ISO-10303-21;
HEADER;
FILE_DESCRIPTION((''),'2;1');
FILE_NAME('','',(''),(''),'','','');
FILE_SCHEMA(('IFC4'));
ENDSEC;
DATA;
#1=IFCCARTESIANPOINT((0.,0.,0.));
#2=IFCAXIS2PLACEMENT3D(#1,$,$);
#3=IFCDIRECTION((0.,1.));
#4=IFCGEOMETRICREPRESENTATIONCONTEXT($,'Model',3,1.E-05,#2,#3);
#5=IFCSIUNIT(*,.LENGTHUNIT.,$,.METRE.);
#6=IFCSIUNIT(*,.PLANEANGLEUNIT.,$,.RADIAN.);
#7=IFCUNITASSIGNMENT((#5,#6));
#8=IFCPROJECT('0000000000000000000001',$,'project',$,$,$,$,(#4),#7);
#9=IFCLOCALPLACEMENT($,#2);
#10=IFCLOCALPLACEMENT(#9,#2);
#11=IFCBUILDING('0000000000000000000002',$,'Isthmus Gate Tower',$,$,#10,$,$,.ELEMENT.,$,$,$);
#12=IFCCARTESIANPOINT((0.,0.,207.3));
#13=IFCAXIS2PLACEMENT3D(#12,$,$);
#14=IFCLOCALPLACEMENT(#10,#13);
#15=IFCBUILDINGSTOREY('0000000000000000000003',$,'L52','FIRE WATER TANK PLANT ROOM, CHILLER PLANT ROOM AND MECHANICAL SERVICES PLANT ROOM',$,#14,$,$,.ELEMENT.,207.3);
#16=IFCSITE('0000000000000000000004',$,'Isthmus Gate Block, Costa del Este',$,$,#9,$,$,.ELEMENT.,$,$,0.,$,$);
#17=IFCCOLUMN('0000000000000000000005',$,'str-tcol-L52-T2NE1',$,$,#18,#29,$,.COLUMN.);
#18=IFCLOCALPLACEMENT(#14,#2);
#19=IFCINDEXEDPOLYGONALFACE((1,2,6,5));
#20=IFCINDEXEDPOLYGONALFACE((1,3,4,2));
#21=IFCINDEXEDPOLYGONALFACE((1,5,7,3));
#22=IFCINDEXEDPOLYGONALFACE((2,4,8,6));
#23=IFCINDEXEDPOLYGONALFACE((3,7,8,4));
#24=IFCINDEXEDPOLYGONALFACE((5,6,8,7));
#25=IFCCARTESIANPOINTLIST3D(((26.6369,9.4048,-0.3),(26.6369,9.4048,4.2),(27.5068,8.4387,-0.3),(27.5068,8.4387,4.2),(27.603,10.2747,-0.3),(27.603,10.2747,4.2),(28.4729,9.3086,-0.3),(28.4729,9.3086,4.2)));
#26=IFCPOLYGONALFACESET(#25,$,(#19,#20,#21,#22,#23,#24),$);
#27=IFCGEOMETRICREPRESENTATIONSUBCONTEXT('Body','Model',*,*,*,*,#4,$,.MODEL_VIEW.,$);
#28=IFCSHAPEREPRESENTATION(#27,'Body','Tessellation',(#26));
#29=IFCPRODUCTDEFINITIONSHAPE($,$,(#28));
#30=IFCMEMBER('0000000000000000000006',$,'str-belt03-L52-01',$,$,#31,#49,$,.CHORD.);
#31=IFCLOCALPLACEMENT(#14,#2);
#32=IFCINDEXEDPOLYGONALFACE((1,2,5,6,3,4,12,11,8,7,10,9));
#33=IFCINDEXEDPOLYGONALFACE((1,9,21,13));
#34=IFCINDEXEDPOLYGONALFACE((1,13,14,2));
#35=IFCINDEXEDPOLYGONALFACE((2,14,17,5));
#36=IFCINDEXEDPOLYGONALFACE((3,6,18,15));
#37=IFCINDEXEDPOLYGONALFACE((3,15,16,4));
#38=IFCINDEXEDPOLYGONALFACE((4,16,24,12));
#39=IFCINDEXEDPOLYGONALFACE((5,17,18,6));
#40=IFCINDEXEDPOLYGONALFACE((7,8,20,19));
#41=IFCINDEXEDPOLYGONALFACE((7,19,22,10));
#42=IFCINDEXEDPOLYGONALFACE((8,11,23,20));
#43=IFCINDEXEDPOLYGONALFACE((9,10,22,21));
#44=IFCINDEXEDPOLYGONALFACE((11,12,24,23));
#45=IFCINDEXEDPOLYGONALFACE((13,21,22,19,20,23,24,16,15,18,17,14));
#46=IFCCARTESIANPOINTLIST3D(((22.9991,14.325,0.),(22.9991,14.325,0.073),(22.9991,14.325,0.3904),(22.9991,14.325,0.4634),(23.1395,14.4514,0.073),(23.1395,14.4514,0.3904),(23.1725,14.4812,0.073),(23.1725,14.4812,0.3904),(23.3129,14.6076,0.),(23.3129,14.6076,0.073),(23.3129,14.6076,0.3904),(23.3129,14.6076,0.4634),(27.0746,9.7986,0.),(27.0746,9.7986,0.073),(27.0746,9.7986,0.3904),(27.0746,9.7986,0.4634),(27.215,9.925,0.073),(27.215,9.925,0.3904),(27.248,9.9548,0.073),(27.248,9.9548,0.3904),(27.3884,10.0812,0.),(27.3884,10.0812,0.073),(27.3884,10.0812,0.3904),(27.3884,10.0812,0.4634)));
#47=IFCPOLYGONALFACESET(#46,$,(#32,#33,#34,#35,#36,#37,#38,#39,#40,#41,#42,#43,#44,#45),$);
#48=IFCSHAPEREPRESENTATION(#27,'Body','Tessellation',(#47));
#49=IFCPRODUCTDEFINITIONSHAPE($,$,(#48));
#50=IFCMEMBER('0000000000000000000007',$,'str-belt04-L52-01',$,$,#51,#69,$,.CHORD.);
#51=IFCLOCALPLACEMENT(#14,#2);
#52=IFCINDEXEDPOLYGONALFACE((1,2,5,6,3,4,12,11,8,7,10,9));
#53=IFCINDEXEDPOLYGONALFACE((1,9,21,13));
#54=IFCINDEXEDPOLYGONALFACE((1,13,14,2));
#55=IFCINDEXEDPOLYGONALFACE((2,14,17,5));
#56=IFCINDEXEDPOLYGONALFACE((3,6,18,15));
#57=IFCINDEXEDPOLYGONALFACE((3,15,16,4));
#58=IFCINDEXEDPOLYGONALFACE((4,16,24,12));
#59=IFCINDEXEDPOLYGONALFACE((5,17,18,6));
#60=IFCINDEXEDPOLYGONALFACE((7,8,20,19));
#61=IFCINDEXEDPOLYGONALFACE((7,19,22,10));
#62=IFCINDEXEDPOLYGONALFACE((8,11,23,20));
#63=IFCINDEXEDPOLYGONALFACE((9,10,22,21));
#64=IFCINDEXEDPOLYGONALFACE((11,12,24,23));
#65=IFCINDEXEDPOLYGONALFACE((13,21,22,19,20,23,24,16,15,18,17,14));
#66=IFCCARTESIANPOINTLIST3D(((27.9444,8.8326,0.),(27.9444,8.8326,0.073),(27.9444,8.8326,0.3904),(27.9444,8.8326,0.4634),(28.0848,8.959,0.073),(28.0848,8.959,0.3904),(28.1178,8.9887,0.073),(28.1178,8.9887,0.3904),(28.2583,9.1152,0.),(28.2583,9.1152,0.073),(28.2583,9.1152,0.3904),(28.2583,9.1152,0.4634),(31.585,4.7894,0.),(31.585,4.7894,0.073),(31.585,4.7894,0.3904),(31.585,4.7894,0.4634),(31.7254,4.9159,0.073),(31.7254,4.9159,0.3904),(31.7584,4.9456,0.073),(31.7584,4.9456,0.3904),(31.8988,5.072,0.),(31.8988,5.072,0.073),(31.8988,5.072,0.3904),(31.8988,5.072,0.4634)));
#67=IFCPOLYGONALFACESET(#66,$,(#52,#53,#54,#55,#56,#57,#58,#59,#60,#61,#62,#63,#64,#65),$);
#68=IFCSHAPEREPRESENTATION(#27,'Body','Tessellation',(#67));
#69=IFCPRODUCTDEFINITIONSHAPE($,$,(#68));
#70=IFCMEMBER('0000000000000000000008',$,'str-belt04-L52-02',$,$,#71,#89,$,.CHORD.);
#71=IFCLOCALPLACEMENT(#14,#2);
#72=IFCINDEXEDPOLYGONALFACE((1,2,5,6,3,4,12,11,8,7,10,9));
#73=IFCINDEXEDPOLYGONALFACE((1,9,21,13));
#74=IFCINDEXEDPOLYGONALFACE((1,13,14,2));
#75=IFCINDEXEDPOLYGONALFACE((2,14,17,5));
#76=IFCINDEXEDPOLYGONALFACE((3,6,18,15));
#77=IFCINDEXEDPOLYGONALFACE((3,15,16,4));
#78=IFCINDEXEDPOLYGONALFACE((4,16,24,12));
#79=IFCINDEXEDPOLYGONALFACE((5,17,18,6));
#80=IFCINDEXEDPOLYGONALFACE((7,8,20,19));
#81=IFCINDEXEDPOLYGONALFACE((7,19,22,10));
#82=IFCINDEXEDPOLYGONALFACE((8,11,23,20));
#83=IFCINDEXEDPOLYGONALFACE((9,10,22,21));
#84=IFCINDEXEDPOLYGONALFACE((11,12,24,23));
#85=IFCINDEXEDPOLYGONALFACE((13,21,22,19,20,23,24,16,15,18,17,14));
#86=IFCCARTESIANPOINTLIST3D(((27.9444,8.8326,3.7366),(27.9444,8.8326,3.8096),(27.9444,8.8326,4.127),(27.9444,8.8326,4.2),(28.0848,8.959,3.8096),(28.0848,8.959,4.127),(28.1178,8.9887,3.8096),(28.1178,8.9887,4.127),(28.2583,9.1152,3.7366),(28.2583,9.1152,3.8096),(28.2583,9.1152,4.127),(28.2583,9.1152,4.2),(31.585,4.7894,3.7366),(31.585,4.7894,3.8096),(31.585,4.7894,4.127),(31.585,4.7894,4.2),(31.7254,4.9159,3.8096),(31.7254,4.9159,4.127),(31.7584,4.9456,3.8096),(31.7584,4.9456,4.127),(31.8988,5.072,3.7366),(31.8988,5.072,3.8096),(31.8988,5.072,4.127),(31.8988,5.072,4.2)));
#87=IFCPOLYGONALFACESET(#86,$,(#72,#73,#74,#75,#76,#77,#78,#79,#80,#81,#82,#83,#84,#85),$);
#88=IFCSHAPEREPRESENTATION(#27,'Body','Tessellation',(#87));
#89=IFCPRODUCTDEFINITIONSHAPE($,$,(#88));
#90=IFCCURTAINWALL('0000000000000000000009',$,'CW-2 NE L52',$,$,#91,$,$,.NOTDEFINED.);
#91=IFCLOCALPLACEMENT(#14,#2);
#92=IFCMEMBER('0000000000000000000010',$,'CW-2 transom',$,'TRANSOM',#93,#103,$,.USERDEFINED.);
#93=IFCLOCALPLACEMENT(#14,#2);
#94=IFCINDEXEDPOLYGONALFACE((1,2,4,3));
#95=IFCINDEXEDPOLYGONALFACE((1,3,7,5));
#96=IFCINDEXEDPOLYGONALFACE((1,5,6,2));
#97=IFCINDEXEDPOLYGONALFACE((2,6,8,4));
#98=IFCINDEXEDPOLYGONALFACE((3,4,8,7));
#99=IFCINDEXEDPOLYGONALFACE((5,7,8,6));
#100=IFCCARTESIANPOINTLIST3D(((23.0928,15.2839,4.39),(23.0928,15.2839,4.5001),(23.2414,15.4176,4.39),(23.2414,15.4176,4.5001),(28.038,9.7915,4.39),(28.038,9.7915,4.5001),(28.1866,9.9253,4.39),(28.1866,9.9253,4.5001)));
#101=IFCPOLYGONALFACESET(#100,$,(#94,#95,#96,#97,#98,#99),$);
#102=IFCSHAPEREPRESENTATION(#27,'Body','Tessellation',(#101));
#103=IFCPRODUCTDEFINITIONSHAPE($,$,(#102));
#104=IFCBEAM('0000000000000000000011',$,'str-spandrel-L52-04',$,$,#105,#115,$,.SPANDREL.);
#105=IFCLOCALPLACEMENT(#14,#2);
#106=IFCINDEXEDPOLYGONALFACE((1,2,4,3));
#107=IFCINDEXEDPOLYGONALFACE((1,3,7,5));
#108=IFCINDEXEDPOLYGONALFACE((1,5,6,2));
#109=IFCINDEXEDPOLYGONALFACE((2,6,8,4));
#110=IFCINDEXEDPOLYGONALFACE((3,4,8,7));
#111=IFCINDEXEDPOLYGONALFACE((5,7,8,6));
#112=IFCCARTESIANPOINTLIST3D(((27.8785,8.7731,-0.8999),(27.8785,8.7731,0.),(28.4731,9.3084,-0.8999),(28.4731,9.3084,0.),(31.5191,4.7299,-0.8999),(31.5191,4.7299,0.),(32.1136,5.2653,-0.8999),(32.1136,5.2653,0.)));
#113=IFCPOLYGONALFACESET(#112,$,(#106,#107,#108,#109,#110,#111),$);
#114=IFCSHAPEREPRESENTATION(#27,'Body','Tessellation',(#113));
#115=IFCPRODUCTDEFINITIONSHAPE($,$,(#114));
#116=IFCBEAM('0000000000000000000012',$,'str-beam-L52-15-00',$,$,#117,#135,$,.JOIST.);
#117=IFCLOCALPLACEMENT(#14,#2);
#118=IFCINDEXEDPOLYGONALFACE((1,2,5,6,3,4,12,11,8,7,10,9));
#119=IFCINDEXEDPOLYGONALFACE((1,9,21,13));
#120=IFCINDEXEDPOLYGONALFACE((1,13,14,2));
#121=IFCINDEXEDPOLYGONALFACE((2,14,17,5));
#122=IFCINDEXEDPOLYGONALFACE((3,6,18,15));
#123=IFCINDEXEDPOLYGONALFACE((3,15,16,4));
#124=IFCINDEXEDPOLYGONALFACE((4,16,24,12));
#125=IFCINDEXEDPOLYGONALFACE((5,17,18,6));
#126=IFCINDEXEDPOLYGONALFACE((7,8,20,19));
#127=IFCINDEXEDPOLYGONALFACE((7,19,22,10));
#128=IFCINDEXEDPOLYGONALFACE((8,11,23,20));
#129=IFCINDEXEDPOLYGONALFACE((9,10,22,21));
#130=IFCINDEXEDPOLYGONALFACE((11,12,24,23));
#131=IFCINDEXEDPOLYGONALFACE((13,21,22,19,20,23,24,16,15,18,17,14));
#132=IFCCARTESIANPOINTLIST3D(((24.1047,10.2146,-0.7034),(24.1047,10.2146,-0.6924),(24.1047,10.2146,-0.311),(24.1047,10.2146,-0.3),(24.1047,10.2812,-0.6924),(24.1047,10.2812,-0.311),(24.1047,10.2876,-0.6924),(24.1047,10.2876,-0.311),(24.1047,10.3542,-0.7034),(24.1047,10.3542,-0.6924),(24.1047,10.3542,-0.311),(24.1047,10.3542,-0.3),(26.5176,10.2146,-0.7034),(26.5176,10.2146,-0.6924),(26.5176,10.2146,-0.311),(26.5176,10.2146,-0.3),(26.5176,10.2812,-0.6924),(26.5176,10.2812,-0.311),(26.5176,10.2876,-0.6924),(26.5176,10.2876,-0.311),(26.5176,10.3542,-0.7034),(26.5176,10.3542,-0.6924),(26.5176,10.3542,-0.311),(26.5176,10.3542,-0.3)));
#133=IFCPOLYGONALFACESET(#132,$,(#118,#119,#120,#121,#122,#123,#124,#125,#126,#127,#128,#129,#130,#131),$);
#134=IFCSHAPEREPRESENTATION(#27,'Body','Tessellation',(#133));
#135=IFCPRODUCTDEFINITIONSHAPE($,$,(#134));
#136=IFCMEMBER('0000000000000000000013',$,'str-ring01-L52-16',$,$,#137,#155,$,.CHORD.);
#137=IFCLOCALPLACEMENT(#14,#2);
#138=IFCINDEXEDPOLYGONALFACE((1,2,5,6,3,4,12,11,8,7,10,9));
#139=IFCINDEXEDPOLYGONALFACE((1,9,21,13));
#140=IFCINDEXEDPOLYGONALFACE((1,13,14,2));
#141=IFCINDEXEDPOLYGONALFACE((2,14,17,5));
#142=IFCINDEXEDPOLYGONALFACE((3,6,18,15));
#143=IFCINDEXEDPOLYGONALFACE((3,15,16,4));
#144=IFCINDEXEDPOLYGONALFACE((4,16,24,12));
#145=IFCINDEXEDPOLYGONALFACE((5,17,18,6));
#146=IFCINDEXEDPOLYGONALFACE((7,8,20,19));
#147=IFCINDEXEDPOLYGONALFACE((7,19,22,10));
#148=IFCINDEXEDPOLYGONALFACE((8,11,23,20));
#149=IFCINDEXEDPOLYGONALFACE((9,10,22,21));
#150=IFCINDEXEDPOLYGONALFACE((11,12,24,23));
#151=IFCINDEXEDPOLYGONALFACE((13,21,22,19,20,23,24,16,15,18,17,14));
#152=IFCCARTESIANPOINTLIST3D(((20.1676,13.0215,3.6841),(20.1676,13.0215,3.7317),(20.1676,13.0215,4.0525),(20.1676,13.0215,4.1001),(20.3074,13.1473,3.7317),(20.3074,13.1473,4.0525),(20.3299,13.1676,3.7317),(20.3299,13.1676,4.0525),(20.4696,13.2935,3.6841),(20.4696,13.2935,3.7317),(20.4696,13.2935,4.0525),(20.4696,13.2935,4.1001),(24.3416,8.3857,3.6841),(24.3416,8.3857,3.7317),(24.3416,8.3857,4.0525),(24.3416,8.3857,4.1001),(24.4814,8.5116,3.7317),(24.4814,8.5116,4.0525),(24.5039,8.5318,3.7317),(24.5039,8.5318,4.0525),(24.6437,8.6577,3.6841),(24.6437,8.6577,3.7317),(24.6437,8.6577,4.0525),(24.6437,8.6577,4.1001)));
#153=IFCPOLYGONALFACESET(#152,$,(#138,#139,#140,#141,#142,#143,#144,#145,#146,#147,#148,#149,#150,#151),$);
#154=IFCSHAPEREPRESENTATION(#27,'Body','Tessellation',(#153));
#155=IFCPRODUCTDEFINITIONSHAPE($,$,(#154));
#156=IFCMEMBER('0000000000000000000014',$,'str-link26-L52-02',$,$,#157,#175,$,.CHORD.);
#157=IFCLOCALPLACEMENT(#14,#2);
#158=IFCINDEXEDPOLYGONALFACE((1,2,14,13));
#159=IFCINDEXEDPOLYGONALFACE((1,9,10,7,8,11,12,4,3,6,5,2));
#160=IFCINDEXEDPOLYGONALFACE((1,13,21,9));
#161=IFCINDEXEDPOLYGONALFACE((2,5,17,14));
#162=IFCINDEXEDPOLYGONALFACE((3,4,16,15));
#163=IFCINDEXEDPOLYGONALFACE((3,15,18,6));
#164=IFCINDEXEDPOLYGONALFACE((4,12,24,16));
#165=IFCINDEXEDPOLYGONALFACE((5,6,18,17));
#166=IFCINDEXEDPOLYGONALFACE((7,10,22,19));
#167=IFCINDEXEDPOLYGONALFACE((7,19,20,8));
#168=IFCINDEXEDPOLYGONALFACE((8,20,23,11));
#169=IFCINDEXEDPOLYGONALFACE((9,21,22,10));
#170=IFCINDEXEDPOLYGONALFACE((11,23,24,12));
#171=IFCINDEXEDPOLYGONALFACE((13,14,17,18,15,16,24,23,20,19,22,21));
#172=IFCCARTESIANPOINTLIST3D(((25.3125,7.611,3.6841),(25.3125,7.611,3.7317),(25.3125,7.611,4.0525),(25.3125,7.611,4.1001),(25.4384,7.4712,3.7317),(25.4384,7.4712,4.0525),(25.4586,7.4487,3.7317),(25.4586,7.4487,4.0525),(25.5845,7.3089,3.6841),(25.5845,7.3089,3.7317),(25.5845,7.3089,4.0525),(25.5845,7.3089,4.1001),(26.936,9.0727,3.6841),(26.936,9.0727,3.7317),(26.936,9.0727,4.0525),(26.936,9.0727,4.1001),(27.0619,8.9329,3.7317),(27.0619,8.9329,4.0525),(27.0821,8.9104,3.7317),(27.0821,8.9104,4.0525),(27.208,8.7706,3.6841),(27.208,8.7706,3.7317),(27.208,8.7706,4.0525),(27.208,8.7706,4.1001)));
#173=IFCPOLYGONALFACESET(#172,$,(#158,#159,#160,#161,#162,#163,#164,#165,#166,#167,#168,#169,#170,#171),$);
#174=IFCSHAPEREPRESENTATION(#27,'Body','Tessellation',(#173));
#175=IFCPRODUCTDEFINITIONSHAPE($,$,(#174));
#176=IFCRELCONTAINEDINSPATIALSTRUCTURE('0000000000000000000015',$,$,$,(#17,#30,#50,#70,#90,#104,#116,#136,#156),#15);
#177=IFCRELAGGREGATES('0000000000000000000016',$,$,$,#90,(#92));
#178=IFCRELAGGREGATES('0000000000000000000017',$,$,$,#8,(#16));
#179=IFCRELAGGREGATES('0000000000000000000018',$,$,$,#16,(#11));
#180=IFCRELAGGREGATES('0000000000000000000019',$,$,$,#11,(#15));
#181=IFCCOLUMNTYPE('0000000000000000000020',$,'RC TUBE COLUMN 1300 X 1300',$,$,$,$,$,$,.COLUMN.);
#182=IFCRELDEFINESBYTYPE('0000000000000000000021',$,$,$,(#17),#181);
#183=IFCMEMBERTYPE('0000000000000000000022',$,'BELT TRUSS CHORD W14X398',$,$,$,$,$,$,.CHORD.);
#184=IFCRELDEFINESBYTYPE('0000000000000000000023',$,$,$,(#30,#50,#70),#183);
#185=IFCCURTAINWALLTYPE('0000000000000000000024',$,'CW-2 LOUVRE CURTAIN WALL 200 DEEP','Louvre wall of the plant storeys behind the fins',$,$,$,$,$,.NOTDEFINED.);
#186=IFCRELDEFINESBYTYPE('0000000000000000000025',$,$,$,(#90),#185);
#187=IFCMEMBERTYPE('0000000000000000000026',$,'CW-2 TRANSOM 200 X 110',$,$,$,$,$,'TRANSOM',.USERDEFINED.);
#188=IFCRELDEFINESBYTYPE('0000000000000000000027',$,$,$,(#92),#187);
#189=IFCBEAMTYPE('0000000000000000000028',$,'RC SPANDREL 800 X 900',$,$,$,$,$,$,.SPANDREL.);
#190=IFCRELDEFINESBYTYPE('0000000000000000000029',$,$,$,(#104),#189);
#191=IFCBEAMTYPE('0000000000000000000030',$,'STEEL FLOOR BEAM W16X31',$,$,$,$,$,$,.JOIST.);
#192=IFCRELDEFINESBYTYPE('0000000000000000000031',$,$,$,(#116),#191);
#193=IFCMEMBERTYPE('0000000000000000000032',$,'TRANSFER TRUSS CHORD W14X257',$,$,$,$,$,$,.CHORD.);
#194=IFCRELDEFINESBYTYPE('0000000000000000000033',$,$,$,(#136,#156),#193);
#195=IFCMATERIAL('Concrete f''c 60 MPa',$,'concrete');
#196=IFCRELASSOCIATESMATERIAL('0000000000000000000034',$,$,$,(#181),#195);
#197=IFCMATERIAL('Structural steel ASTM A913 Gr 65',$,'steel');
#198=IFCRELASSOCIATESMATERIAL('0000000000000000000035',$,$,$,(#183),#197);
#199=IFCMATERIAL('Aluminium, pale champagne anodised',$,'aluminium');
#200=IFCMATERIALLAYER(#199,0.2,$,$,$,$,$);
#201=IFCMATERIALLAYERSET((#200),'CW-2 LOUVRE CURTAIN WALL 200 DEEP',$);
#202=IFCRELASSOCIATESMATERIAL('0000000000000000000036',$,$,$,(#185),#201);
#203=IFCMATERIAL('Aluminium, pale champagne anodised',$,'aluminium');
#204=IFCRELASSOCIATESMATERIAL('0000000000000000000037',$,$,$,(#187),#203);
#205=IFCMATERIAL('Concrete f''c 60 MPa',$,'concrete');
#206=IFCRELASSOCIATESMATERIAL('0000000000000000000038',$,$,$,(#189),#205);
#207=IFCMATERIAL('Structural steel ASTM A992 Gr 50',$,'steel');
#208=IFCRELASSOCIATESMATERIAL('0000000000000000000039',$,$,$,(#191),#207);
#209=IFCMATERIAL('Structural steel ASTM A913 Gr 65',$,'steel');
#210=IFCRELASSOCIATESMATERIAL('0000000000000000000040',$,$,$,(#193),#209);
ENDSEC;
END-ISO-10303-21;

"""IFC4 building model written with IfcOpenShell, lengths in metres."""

from ifc_helpers import new_model, si_unit, direction, frame, origin, origin_2d, place, context, subcontext, project, spatial, rectangle, i_section, extrude, material, layer, layer_set, material_profile, profile_set, type_object, element, aggregate, save


model = new_model("IFC4")

# Units and contexts
model_context = context("Model", 3, precision=1e-05, world=origin(), true_north=direction((0.0, 1.0)))
body_context = subcontext(model_context, "Body", "Model", "MODEL_VIEW")
ifc_project = project(units=[si_unit("LENGTHUNIT", "METRE"), si_unit("PLANEANGLEUNIT", "RADIAN")], contexts=[model_context])

# Site, building, storey
site_placement = place(None, origin())
site = spatial("IfcSite", under=ifc_project, at=site_placement, Name="Isthmus Gate Block, Costa del Este", CompositionType="ELEMENT", RefElevation=0.0)
building_placement = place(site_placement, origin())
building = spatial("IfcBuilding", under=site, at=building_placement, Name="Isthmus Gate Tower", CompositionType="ELEMENT")
storey_placement = place(building_placement, frame((0.0, 0.0, 207.3)))
storey = spatial("IfcBuildingStorey", under=building, at=storey_placement, Name="L52", Description="FIRE WATER TANK PLANT ROOM, CHILLER PLANT ROOM AND MECHANICAL SERVICES PLANT ROOM", CompositionType="ELEMENT", Elevation=207.3)

# Column
ifc_material_1 = material(Name="Concrete f'c 60 MPa", Category="concrete")
ifc_material_profile_1 = material_profile(ifc_material_1, rectangle(XDim=1.3, YDim=1.3, at=origin_2d()), Name="RC 1300X1300")
ifc_profile_set_1 = profile_set([ifc_material_profile_1], Name="Concrete f'c 60 MPa")
column_type = type_object("IfcColumnType", Name="RC TUBE COLUMN 1300 X 1300", PredefinedType="COLUMN", material=ifc_profile_set_1)
column_placement = place(storey_placement, frame((27.5549, 9.3567, -0.3), z_axis=(0.0, 0.0, 1.0), x_axis=(-0.669131, 0.743145, 0.0)))
element("IfcColumn", 1, at=column_placement, inside=storey, type_object=column_type, Name="str-tcol-L52-T2NE1", PredefinedType="COLUMN", context=body_context, shape_type="SweptSolid", body=[
    extrude(rectangle(XDim=1.3, YDim=1.3, at=origin_2d()), origin(), (0.0, 0.0, 1.0), 4.5),
])

# Members
ifc_material_2 = material(Name="Structural steel ASTM A913 Gr 65", Category="steel")
ifc_material_profile_2 = material_profile(ifc_material_2, i_section(OverallWidth=0.4224, OverallDepth=0.4634, WebThickness=0.0444, FlangeThickness=0.073, at=origin_2d()), Name="W14X398")
ifc_profile_set_2 = profile_set([ifc_material_profile_2], Name="Structural steel ASTM A913 Gr 65")
member_type_1 = type_object("IfcMemberType", Name="BELT TRUSS CHORD W14X398", PredefinedType="CHORD", material=ifc_profile_set_2)
member_1_placement = place(storey_placement, frame((23.156, 14.4663, 0.2317), z_axis=(0.66912, -0.743155, 0.0), x_axis=(0.743155, 0.66912, 0.0)))
element("IfcMember", 2, at=member_1_placement, inside=storey, type_object=member_type_1, Name="str-belt03-L52-01", PredefinedType="CHORD", context=body_context, shape_type="SweptSolid", body=[
    extrude(i_section(OverallWidth=0.4224, OverallDepth=0.4634, WebThickness=0.0444, FlangeThickness=0.073, at=origin_2d()), origin(), (0.0, 0.0, 1.0), 6.0908),
])
for number, where, z_axis, x_axis, name in (
    (3, (28.1013, 8.9739, 0.2317), (0.669141, -0.743136, 0.0), (0.743136, 0.669141, 0.0), "str-belt04-L52-01"),
    (4, (28.1013, 8.9739, 3.9683), (0.669141, -0.743136, 0.0), (0.743136, 0.669141, 0.0), "str-belt04-L52-02"),
):
    element("IfcMember", number, at=place(storey_placement, frame(where, z_axis=z_axis, x_axis=x_axis)), inside=storey, type_object=member_type_1, Name=name, PredefinedType="CHORD", context=body_context, shape_type="SweptSolid", body=[
        extrude(i_section(OverallWidth=0.4224, OverallDepth=0.4634, WebThickness=0.0444, FlangeThickness=0.073, at=origin_2d()), origin(), (0.0, 0.0, 1.0), 5.4407),
    ])

# Curtain wall, member
ifc_material_3 = material(Name="Aluminium, pale champagne anodised", Category="aluminium")
ifc_layer_1 = layer(ifc_material_3, 0.2)
ifc_layer_set_1 = layer_set([ifc_layer_1], Name="CW-2 LOUVRE CURTAIN WALL 200 DEEP")
curtain_wall_type = type_object("IfcCurtainWallType", Name="CW-2 LOUVRE CURTAIN WALL 200 DEEP", Description="Louvre wall of the plant storeys behind the fins", PredefinedType="NOTDEFINED", material=ifc_layer_set_1)
curtain_wall_placement = place(storey_placement, origin())
curtain_wall = element("IfcCurtainWall", 5, at=curtain_wall_placement, inside=storey, type_object=curtain_wall_type, Name="CW-2 NE L52", PredefinedType="NOTDEFINED")
ifc_material_4 = material(Name="Aluminium, pale champagne anodised", Category="aluminium")
ifc_material_profile_3 = material_profile(ifc_material_4, rectangle(XDim=0.2, YDim=0.1101, at=origin_2d()), Name="200x110")
ifc_profile_set_3 = profile_set([ifc_material_profile_3], Name="Aluminium, pale champagne anodised")
member_type_2 = type_object("IfcMemberType", Name="CW-2 TRANSOM 200 X 110", ElementType="TRANSOM", PredefinedType="USERDEFINED", material=ifc_profile_set_3)
member_2_placement = place(storey_placement, frame((28.1123, 9.8584, 4.4451), z_axis=(-0.669123, 0.743151, 0.0), x_axis=(-0.743151, -0.669123, 0.0)))
member_2 = element("IfcMember", 6, at=member_2_placement, type_object=member_type_2, Name="CW-2 transom", ObjectType="TRANSOM", PredefinedType="USERDEFINED", context=body_context, shape_type="SweptSolid", body=[
    extrude(rectangle(XDim=0.2, YDim=0.1101, at=origin_2d()), origin(), (0.0, 0.0, 1.0), 7.3906),
])

# Beams
ifc_material_5 = material(Name="Concrete f'c 60 MPa", Category="concrete")
ifc_material_profile_4 = material_profile(ifc_material_5, rectangle(XDim=0.8, YDim=0.8999, at=origin_2d()), Name="RC 800X900")
ifc_profile_set_4 = profile_set([ifc_material_profile_4], Name="Concrete f'c 60 MPa")
beam_type_1 = type_object("IfcBeamType", Name="RC SPANDREL 800 X 900", PredefinedType="SPANDREL", material=ifc_profile_set_4)
beam_1_placement = place(storey_placement, frame((28.1758, 9.0408, -0.45), z_axis=(0.669141, -0.743136, 0.0), x_axis=(0.743136, 0.669141, 0.0)))
element("IfcBeam", 7, at=beam_1_placement, inside=storey, type_object=beam_type_1, Name="str-spandrel-L52-04", PredefinedType="SPANDREL", context=body_context, shape_type="SweptSolid", body=[
    extrude(rectangle(XDim=0.8, YDim=0.8999, at=origin_2d()), origin(), (0.0, 0.0, 1.0), 5.4407),
])
ifc_material_6 = material(Name="Structural steel ASTM A992 Gr 50", Category="steel")
ifc_material_profile_5 = material_profile(ifc_material_6, i_section(OverallWidth=0.1396, OverallDepth=0.4033, WebThickness=0.0063, FlangeThickness=0.011, at=origin_2d()), Name="W16X31")
ifc_profile_set_5 = profile_set([ifc_material_profile_5], Name="Structural steel ASTM A992 Gr 50")
beam_type_2 = type_object("IfcBeamType", Name="STEEL FLOOR BEAM W16X31", PredefinedType="JOIST", material=ifc_profile_set_5)
beam_2_placement = place(storey_placement, frame((24.1047, 10.2844, -0.5017), z_axis=(1.0, 0.0, 0.0), x_axis=(0.0, 1.0, 0.0)))
element("IfcBeam", 8, at=beam_2_placement, inside=storey, type_object=beam_type_2, Name="str-beam-L52-15-00", PredefinedType="JOIST", context=body_context, shape_type="SweptSolid", body=[
    extrude(i_section(OverallWidth=0.1396, OverallDepth=0.4033, WebThickness=0.0063, FlangeThickness=0.011, at=origin_2d()), origin(), (0.0, 0.0, 1.0), 2.4128),
])

# Members
ifc_material_7 = material(Name="Structural steel ASTM A913 Gr 65", Category="steel")
ifc_material_profile_6 = material_profile(ifc_material_7, i_section(OverallWidth=0.4065, OverallDepth=0.416, WebThickness=0.0303, FlangeThickness=0.0476, at=origin_2d()), Name="W14X257")
ifc_profile_set_6 = profile_set([ifc_material_profile_6], Name="Structural steel ASTM A913 Gr 65")
member_type_3 = type_object("IfcMemberType", Name="TRANSFER TRUSS CHORD W14X257", PredefinedType="CHORD", material=ifc_profile_set_6)
member_3_placement = place(storey_placement, frame((20.3186, 13.1575, 3.8921), z_axis=(0.669133, -0.743142, 0.0), x_axis=(0.743142, 0.669133, 0.0)))
element("IfcMember", 9, at=member_3_placement, inside=storey, type_object=member_type_3, Name="str-ring01-L52-16", PredefinedType="CHORD", context=body_context, shape_type="SweptSolid", body=[
    extrude(i_section(OverallWidth=0.4065, OverallDepth=0.416, WebThickness=0.0303, FlangeThickness=0.0476, at=origin_2d()), origin(), (0.0, 0.0, 1.0), 6.238),
])
member_4_placement = place(storey_placement, frame((27.072, 8.9216, 3.8921), z_axis=(-0.743183, -0.669088, 0.0), x_axis=(0.669088, -0.743183, 0.0)))
element("IfcMember", 10, at=member_4_placement, inside=storey, type_object=member_type_3, Name="str-link26-L52-02", PredefinedType="CHORD", context=body_context, shape_type="SweptSolid", body=[
    extrude(i_section(OverallWidth=0.4065, OverallDepth=0.416, WebThickness=0.0303, FlangeThickness=0.0476, at=origin_2d()), origin(), (0.0, 0.0, 1.0), 2.1846),
])

aggregate(curtain_wall, [member_2])

save(model, "model.ifc")
